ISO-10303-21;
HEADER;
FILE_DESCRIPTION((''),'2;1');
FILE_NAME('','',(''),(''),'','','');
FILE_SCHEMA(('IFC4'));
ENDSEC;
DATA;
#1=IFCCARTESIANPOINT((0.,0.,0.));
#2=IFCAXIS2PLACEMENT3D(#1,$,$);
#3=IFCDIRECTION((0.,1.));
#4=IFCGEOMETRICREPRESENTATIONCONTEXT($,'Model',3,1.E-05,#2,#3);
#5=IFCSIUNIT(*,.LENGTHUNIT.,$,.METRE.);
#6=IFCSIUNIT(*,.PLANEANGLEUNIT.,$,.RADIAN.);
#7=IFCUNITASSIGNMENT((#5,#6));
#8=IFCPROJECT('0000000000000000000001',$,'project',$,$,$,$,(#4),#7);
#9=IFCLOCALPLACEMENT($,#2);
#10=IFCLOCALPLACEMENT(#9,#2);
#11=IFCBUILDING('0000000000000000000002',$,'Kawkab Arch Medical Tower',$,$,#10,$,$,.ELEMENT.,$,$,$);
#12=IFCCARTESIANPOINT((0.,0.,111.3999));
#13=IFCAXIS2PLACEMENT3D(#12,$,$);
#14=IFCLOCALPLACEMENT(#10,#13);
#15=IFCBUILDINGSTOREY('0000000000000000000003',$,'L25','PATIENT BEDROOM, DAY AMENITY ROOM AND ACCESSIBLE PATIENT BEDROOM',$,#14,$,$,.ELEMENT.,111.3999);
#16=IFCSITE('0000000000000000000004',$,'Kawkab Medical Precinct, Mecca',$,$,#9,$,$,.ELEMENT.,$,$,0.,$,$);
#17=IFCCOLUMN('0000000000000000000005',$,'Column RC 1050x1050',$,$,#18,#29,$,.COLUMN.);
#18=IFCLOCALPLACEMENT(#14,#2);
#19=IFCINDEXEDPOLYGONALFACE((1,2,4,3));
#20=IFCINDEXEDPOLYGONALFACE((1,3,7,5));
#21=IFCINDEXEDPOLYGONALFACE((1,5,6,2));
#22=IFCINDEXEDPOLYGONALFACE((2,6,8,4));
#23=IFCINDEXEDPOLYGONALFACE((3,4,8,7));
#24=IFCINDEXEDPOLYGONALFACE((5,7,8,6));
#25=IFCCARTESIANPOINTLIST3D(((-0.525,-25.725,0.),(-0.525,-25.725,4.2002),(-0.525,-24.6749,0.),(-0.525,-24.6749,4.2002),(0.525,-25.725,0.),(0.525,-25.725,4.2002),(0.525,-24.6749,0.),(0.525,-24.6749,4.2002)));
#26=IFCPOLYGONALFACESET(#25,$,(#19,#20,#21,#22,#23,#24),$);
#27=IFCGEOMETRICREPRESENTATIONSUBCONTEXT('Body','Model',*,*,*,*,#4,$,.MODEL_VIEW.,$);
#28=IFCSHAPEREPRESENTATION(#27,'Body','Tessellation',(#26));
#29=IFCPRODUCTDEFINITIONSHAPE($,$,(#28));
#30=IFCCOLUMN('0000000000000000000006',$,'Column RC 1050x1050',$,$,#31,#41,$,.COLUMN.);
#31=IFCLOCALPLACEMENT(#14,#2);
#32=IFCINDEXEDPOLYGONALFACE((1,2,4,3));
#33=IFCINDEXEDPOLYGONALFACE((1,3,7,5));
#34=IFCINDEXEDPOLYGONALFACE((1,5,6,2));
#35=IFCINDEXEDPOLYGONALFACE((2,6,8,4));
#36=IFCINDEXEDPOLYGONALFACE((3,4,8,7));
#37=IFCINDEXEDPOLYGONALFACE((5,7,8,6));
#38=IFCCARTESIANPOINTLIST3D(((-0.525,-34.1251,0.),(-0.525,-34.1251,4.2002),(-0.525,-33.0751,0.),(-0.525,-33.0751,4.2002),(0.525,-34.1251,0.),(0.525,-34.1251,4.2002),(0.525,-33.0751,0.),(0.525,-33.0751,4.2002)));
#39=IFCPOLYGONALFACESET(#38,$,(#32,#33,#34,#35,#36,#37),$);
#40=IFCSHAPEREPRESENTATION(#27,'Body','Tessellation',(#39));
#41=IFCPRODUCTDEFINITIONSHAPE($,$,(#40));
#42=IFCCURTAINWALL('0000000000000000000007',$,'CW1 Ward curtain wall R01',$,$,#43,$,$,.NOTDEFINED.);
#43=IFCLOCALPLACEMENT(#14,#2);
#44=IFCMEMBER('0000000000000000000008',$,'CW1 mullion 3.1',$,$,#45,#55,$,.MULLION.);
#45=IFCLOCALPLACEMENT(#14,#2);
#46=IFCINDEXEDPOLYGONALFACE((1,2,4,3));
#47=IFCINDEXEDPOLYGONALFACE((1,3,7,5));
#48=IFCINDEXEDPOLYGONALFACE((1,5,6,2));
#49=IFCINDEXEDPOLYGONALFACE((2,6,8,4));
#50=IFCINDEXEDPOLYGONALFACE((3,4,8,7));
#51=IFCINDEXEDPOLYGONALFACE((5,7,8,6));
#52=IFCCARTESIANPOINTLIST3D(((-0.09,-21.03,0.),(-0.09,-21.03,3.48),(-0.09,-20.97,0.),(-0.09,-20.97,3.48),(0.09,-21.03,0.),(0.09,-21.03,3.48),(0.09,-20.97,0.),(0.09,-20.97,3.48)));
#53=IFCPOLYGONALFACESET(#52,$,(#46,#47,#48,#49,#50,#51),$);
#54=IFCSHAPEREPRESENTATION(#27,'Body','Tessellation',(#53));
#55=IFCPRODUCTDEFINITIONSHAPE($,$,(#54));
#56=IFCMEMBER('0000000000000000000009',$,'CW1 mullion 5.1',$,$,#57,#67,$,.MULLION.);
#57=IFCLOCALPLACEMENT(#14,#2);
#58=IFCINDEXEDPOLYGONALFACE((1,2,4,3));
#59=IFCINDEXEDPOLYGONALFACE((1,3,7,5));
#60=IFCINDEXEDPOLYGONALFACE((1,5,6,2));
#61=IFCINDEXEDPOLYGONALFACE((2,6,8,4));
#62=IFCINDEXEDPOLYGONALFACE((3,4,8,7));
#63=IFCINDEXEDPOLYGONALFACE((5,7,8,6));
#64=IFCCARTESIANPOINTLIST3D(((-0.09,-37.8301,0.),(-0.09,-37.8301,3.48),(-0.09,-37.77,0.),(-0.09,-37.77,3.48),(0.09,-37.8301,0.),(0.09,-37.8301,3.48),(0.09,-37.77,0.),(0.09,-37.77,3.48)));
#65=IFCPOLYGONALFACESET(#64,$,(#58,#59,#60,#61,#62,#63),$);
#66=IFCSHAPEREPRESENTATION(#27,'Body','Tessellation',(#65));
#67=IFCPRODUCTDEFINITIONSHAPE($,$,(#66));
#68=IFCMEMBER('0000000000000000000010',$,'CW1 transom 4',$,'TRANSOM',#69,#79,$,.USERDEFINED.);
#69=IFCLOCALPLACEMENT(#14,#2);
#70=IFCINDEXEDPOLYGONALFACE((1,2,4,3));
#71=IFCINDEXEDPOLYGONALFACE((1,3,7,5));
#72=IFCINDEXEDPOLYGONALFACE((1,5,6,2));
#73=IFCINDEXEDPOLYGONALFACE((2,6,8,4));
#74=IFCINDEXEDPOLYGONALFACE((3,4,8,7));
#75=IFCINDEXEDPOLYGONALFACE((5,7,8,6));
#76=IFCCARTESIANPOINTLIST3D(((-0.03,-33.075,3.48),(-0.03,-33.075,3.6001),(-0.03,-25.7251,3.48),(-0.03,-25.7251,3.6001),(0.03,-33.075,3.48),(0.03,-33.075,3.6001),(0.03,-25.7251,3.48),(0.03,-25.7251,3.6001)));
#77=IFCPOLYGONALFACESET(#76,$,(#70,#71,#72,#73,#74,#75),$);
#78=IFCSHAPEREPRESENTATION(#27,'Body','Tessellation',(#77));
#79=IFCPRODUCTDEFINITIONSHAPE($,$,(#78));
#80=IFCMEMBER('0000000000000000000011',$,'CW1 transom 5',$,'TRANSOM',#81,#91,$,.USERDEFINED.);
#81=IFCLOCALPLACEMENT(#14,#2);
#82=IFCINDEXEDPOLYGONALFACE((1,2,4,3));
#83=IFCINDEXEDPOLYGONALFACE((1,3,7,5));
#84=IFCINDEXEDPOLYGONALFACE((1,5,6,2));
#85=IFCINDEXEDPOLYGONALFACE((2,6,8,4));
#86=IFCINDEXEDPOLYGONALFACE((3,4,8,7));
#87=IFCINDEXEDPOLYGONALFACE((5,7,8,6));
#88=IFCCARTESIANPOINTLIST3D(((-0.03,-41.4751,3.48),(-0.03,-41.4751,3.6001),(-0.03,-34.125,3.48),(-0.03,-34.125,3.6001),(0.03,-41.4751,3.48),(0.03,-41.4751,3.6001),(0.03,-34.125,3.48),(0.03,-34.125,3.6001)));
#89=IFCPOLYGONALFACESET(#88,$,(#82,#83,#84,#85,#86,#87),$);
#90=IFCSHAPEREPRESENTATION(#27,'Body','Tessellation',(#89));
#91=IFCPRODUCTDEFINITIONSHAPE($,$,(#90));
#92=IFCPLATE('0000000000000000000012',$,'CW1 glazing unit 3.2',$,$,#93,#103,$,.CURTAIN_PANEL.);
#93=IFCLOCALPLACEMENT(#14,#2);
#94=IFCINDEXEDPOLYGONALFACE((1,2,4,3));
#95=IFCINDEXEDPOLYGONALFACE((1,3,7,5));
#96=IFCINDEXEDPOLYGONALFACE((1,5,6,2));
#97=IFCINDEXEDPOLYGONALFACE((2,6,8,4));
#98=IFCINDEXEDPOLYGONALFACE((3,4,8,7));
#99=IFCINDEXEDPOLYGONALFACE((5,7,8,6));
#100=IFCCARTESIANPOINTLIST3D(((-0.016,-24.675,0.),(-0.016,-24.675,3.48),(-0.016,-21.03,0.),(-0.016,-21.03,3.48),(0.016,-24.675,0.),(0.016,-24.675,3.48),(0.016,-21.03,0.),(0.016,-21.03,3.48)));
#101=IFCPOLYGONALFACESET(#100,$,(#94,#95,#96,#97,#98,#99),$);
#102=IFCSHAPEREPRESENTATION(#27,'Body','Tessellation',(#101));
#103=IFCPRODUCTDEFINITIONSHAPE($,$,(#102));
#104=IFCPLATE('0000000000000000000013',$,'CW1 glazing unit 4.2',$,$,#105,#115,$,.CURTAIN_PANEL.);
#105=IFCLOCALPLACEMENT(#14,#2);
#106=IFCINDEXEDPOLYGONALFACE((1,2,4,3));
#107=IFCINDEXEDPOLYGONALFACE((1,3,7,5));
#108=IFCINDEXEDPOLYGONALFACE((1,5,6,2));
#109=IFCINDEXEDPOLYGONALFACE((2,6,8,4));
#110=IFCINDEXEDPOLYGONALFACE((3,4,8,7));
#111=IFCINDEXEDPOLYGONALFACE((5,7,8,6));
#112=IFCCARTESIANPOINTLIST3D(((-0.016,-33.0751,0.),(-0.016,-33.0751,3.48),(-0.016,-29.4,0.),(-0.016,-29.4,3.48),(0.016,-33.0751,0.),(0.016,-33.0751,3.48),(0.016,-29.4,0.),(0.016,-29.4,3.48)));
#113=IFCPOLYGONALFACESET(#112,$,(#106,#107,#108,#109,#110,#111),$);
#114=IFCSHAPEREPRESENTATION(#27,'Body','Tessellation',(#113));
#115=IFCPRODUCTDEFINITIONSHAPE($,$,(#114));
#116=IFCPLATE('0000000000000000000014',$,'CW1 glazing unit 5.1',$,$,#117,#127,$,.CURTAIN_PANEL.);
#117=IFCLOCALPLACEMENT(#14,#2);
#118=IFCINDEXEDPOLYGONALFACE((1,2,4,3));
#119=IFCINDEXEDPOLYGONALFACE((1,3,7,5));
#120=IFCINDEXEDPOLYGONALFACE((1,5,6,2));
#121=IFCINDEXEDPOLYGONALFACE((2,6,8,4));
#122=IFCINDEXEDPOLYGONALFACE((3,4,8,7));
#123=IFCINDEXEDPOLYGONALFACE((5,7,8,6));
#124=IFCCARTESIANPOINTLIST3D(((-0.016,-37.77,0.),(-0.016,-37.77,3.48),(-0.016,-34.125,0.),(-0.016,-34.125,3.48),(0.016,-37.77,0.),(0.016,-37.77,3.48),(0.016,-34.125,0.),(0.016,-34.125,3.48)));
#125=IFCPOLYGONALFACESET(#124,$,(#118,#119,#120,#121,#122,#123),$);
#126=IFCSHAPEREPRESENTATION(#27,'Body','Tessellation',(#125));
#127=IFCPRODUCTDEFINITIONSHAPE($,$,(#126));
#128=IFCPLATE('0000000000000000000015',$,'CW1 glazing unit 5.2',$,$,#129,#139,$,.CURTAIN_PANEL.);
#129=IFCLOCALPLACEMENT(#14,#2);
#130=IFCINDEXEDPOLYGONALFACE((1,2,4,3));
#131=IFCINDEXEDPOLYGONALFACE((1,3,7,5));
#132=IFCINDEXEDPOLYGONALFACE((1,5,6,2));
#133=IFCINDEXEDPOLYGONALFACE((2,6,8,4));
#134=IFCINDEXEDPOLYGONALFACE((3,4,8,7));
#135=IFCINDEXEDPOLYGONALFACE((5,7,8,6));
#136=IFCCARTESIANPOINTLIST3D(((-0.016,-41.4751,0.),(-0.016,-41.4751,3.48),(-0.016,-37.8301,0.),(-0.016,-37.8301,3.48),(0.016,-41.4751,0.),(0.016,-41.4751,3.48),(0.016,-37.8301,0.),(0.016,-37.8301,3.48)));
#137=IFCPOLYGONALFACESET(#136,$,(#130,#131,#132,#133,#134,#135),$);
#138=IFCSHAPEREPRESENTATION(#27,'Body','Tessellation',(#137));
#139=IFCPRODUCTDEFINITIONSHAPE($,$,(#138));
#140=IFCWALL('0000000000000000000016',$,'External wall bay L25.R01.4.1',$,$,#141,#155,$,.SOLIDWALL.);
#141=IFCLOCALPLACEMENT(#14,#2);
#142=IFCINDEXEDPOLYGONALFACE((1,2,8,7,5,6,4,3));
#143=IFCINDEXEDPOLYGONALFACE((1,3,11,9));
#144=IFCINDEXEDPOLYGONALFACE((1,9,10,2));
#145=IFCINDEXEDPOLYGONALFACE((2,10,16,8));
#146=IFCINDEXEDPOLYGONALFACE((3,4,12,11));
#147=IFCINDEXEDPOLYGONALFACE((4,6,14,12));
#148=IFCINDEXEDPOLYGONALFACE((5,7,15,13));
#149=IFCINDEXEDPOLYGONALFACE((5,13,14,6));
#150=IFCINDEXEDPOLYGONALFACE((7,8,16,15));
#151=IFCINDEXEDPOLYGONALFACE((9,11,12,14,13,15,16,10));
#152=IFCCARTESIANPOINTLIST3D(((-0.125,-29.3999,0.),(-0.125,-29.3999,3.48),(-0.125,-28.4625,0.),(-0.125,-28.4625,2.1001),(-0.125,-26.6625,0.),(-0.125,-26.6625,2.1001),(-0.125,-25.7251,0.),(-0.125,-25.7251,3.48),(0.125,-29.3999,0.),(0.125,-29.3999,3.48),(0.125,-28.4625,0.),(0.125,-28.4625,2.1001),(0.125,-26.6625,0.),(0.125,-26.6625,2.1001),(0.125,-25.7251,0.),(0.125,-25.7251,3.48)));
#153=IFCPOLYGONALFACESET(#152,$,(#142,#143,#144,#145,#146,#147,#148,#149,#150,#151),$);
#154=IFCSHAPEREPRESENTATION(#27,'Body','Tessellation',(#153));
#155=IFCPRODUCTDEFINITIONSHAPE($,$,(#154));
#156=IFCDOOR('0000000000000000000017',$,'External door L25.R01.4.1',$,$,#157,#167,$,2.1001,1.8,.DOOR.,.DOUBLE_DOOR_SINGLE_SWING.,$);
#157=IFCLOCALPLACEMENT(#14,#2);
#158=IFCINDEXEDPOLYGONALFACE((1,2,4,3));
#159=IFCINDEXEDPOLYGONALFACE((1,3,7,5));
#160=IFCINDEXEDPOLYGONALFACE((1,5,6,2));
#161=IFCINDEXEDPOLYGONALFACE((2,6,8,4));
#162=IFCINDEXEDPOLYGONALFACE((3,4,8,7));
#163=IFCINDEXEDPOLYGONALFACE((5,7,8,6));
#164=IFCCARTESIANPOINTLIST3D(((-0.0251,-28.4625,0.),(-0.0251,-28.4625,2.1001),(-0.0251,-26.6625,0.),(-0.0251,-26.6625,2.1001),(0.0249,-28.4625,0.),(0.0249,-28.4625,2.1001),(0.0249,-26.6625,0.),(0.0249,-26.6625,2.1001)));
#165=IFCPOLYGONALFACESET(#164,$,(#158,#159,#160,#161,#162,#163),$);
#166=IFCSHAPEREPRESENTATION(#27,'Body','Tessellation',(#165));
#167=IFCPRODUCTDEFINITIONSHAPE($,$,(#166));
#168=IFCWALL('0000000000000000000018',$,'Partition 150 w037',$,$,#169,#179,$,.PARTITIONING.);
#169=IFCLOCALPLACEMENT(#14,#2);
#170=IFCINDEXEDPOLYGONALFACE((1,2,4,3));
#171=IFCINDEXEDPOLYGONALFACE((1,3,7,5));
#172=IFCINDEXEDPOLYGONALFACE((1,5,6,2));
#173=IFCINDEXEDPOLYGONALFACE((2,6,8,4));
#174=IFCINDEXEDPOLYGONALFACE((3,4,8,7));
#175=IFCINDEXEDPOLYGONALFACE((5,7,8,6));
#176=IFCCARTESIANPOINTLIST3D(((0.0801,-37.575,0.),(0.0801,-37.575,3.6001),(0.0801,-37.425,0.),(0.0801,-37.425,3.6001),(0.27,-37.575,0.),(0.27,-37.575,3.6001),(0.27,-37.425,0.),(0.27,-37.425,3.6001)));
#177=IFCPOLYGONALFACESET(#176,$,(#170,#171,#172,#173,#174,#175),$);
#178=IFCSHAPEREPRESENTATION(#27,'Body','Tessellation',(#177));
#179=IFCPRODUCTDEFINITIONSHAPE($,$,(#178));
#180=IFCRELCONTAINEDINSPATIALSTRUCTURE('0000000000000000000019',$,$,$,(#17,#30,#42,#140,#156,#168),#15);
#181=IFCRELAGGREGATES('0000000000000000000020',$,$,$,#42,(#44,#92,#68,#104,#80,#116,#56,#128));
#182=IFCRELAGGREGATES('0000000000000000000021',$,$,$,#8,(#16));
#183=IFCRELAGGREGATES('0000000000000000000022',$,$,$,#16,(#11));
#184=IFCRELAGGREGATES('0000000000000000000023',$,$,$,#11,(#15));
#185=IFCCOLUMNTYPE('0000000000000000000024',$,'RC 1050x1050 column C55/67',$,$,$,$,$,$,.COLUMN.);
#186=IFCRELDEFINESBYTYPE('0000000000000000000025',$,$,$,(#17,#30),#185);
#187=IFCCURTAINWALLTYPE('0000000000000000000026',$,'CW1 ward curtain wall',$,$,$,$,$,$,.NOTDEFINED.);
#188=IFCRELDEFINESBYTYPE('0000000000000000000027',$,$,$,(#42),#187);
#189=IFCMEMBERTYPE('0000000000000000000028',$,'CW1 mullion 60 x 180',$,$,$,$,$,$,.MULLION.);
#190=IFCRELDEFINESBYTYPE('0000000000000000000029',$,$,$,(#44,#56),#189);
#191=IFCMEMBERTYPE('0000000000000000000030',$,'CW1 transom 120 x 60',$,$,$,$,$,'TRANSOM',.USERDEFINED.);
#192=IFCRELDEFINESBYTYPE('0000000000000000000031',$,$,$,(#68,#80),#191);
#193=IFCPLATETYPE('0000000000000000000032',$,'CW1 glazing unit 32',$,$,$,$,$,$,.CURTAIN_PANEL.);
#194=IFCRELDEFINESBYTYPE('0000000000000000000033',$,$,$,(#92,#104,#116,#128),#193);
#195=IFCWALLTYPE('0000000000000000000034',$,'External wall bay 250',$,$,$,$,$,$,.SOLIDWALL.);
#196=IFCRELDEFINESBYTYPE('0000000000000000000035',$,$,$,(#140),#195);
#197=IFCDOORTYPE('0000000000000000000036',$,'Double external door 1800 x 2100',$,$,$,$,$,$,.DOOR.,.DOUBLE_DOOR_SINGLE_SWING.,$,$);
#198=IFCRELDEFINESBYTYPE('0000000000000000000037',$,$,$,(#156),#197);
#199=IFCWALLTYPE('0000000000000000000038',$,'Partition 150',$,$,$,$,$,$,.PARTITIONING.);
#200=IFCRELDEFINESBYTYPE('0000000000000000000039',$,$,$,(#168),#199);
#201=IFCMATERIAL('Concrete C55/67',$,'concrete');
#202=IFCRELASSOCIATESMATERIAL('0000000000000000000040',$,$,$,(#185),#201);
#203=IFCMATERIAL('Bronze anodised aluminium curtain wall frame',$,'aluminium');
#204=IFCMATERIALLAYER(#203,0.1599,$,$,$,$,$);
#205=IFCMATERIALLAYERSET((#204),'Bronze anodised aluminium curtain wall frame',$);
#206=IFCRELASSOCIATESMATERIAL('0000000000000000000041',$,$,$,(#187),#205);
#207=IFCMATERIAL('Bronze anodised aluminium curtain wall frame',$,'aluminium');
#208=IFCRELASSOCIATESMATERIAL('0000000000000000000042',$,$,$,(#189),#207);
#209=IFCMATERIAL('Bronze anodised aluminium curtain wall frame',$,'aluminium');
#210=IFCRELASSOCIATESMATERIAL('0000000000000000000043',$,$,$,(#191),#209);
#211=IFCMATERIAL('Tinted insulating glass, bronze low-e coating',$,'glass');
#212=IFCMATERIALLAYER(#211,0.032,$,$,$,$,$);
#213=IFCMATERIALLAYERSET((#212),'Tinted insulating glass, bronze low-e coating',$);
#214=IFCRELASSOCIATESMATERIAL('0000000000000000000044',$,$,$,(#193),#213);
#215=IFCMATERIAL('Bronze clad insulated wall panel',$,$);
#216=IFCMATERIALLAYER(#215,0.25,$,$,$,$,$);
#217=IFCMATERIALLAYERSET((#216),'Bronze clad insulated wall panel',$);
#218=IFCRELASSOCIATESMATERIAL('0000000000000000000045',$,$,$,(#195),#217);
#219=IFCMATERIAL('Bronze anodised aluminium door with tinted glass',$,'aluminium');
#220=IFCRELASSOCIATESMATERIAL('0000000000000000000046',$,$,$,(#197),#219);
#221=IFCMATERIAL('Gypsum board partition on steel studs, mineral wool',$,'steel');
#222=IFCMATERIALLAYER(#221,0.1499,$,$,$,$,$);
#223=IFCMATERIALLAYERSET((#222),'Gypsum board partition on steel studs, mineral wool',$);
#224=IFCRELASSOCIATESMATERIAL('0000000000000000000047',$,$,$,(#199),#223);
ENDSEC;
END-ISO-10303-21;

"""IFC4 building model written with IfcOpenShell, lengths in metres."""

from ifc_helpers import new_model, si_unit, direction, frame, frame_2d, origin, origin_2d, place, context, subcontext, project, spatial, rectangle, extrude, material, layer, layer_set, material_profile, profile_set, type_object, element, fill, aggregate, save


model = new_model("IFC4")

# Units and contexts
model_context = context("Model", 3, precision=1e-05, world=origin(), true_north=direction((0.0, 1.0)))
body_context = subcontext(model_context, "Body", "Model", "MODEL_VIEW")
ifc_project = project(units=[si_unit("LENGTHUNIT", "METRE"), si_unit("PLANEANGLEUNIT", "RADIAN")], contexts=[model_context])

# Site, building, storey
site_placement = place(None, origin())
site = spatial("IfcSite", under=ifc_project, at=site_placement, Name="Kawkab Medical Precinct, Mecca", CompositionType="ELEMENT", RefElevation=0.0)
building_placement = place(site_placement, origin())
building = spatial("IfcBuilding", under=site, at=building_placement, Name="Kawkab Arch Medical Tower", CompositionType="ELEMENT")
storey_placement = place(building_placement, frame((0.0, 0.0, 111.3999)))
storey = spatial("IfcBuildingStorey", under=building, at=storey_placement, Name="L25", Description="PATIENT BEDROOM, DAY AMENITY ROOM AND ACCESSIBLE PATIENT BEDROOM", CompositionType="ELEMENT", Elevation=111.3999)

# Columns
ifc_material_1 = material(Name="Concrete C55/67", Category="concrete")
ifc_material_profile_1 = material_profile(ifc_material_1, rectangle(XDim=1.05, YDim=1.05, at=origin_2d()), Name="RC 1050x1050")
ifc_profile_set_1 = profile_set([ifc_material_profile_1], Name="Concrete C55/67")
column_type = type_object("IfcColumnType", Name="RC 1050x1050 column C55/67", PredefinedType="COLUMN", material=ifc_profile_set_1)
for number, where, z_axis, x_axis, name in (
    (1, (0.0, -25.2, 0.0), (0.0, 0.0, 1.0), (1.0, 0.0, 0.0), "Column RC 1050x1050"),
    (2, (0.0, -33.6001, 0.0), (0.0, 0.0, 1.0), (1.0, 0.0, 0.0), "Column RC 1050x1050"),
):
    element("IfcColumn", number, at=place(storey_placement, frame(where, z_axis=z_axis, x_axis=x_axis)), inside=storey, type_object=column_type, Name=name, PredefinedType="COLUMN", context=body_context, shape_type="SweptSolid", body=[
        extrude(rectangle(XDim=1.05, YDim=1.05, at=origin_2d()), origin(), (0.0, 0.0, 1.0), 4.2002),
    ])

# Curtain wall, members, plates
ifc_material_2 = material(Name="Bronze anodised aluminium curtain wall frame", Category="aluminium")
ifc_layer_1 = layer(ifc_material_2, 0.1599)
ifc_layer_set_1 = layer_set([ifc_layer_1], Name="Bronze anodised aluminium curtain wall frame")
curtain_wall_type = type_object("IfcCurtainWallType", Name="CW1 ward curtain wall", PredefinedType="NOTDEFINED", material=ifc_layer_set_1)
placement = place(storey_placement, origin())
curtain_wall = element("IfcCurtainWall", 3, at=placement, inside=storey, type_object=curtain_wall_type, Name="CW1 Ward curtain wall R01", PredefinedType="NOTDEFINED")
ifc_material_3 = material(Name="Bronze anodised aluminium curtain wall frame", Category="aluminium")
ifc_material_profile_2 = material_profile(ifc_material_3, rectangle(XDim=0.1799, YDim=0.0601, at=origin_2d()), Name="AL 60x180")
ifc_profile_set_2 = profile_set([ifc_material_profile_2], Name="Bronze anodised aluminium curtain wall frame")
member_type_1 = type_object("IfcMemberType", Name="CW1 mullion 60 x 180", PredefinedType="MULLION", material=ifc_profile_set_2)
member_1_placement = place(storey_placement, frame((0.0, -21.0, 0.0), z_axis=(0.0, 0.0, 1.0), x_axis=(1.0, 0.0, 0.0)))
member_1 = element("IfcMember", 4, at=member_1_placement, type_object=member_type_1, Name="CW1 mullion 3.1", PredefinedType="MULLION", context=body_context, shape_type="SweptSolid", body=[
    extrude(rectangle(XDim=0.1799, YDim=0.0601, at=origin_2d()), origin(), (0.0, 0.0, 1.0), 3.48),
])
member_2_placement = place(storey_placement, frame((0.0, -37.8, 0.0), z_axis=(0.0, 0.0, 1.0), x_axis=(1.0, 0.0, 0.0)))
member_2 = element("IfcMember", 5, at=member_2_placement, type_object=member_type_1, Name="CW1 mullion 5.1", PredefinedType="MULLION", context=body_context, shape_type="SweptSolid", body=[
    extrude(rectangle(XDim=0.1799, YDim=0.0601, at=origin_2d()), origin(), (0.0, 0.0, 1.0), 3.48),
])
ifc_material_4 = material(Name="Bronze anodised aluminium curtain wall frame", Category="aluminium")
ifc_material_profile_3 = material_profile(ifc_material_4, rectangle(XDim=0.0601, YDim=0.1201, at=origin_2d()), Name="AL 60x120")
ifc_profile_set_3 = profile_set([ifc_material_profile_3], Name="Bronze anodised aluminium curtain wall frame")
member_type_2 = type_object("IfcMemberType", Name="CW1 transom 120 x 60", ElementType="TRANSOM", PredefinedType="USERDEFINED", material=ifc_profile_set_3)
member_3_placement = place(storey_placement, frame((0.0, -25.7251, 3.54), z_axis=(0.0, -1.0, 0.0), x_axis=(1.0, 0.0, 0.0)))
member_3 = element("IfcMember", 6, at=member_3_placement, type_object=member_type_2, Name="CW1 transom 4", ObjectType="TRANSOM", PredefinedType="USERDEFINED", context=body_context, shape_type="SweptSolid", body=[
    extrude(rectangle(XDim=0.0601, YDim=0.1201, at=origin_2d()), origin(), (0.0, 0.0, 1.0), 7.3499),
])
member_4_placement = place(storey_placement, frame((0.0, -34.125, 3.54), z_axis=(0.0, -1.0, 0.0), x_axis=(1.0, 0.0, 0.0)))
member_4 = element("IfcMember", 7, at=member_4_placement, type_object=member_type_2, Name="CW1 transom 5", ObjectType="TRANSOM", PredefinedType="USERDEFINED", context=body_context, shape_type="SweptSolid", body=[
    extrude(rectangle(XDim=0.0601, YDim=0.1201, at=origin_2d()), origin(), (0.0, 0.0, 1.0), 7.3501),
])
ifc_material_5 = material(Name="Tinted insulating glass, bronze low-e coating", Category="glass")
ifc_layer_2 = layer(ifc_material_5, 0.032)
ifc_layer_set_2 = layer_set([ifc_layer_2], Name="Tinted insulating glass, bronze low-e coating")
plate_type = type_object("IfcPlateType", Name="CW1 glazing unit 32", PredefinedType="CURTAIN_PANEL", material=ifc_layer_set_2)
plate_1_placement = place(storey_placement, frame((0.0, -22.8525, 0.0), z_axis=(0.0, 0.0, 1.0), x_axis=(0.0, -1.0, 0.0)))
plate_1 = element("IfcPlate", 8, at=plate_1_placement, type_object=plate_type, Name="CW1 glazing unit 3.2", PredefinedType="CURTAIN_PANEL", context=body_context, shape_type="SweptSolid", body=[
    extrude(rectangle(XDim=3.645, YDim=0.032, at=origin_2d()), origin(), (0.0, 0.0, 1.0), 3.48),
])
plate_2_placement = place(storey_placement, frame((0.0, -31.2375, 0.0), z_axis=(0.0, 0.0, 1.0), x_axis=(0.0, -1.0, 0.0)))
plate_2 = element("IfcPlate", 9, at=plate_2_placement, type_object=plate_type, Name="CW1 glazing unit 4.2", PredefinedType="CURTAIN_PANEL", context=body_context, shape_type="SweptSolid", body=[
    extrude(rectangle(XDim=3.675, YDim=0.032, at=origin_2d()), origin(), (0.0, 0.0, 1.0), 3.48),
])
plate_3_placement = place(storey_placement, frame((0.0, -35.9475, 0.0), z_axis=(0.0, 0.0, 1.0), x_axis=(0.0, -1.0, 0.0)))
plate_3 = element("IfcPlate", 10, at=plate_3_placement, type_object=plate_type, Name="CW1 glazing unit 5.1", PredefinedType="CURTAIN_PANEL", context=body_context, shape_type="SweptSolid", body=[
    extrude(rectangle(XDim=3.645, YDim=0.032, at=origin_2d()), origin(), (0.0, 0.0, 1.0), 3.48),
])
plate_4_placement = place(storey_placement, frame((0.0, -39.6526, 0.0), z_axis=(0.0, 0.0, 1.0), x_axis=(0.0, -1.0, 0.0)))
plate_4 = element("IfcPlate", 11, at=plate_4_placement, type_object=plate_type, Name="CW1 glazing unit 5.2", PredefinedType="CURTAIN_PANEL", context=body_context, shape_type="SweptSolid", body=[
    extrude(rectangle(XDim=3.645, YDim=0.032, at=origin_2d()), origin(), (0.0, 0.0, 1.0), 3.48),
])
aggregate(curtain_wall, [member_1, plate_1, member_3, plate_2, member_4, plate_3, member_2, plate_4])

# Wall, opening, door
ifc_material_6 = material(Name="Bronze clad insulated wall panel")
ifc_layer_3 = layer(ifc_material_6, 0.25)
ifc_layer_set_3 = layer_set([ifc_layer_3], Name="Bronze clad insulated wall panel")
wall_type_1 = type_object("IfcWallType", Name="External wall bay 250", PredefinedType="SOLIDWALL", material=ifc_layer_set_3)
wall_1_placement = place(storey_placement, frame((0.0, -25.7251, 0.0), z_axis=(0.0, 0.0, 1.0), x_axis=(0.0, -1.0, 0.0)))
wall_1 = element("IfcWall", 12, at=wall_1_placement, inside=storey, type_object=wall_type_1, Name="External wall bay L25.R01.4.1", PredefinedType="SOLIDWALL", context=body_context, shape_type="SweptSolid", body=[
    extrude(rectangle(XDim=3.6748, YDim=0.25, at=frame_2d((1.8374, 0.0))), origin(), (0.0, 0.0, 1.0), 3.48),
])
opening_1_placement = place(wall_1_placement, frame((0.9375, 0.0, 0.0)))
opening_1 = element("IfcOpeningElement", 13, at=opening_1_placement, cuts=wall_1, PredefinedType="OPENING", context=body_context, shape_type="SweptSolid", body=[
    extrude(rectangle(XDim=1.8, YDim=2.1001, at=frame_2d((0.8999, 1.05))), frame((0.0, 0.135, 0.0), z_axis=(0.0, -1.0, 0.0), x_axis=(1.0, 0.0, 0.0)), (0.0, 0.0, 1.0), 0.27),
])
ifc_material_7 = material(Name="Bronze anodised aluminium door with tinted glass", Category="aluminium")
door_type_1 = type_object("IfcDoorType", Name="Double external door 1800 x 2100", OperationType="DOUBLE_DOOR_SINGLE_SWING", PredefinedType="DOOR", material=ifc_material_7)
door_1_placement = place(opening_1_placement, origin())
door_1 = element("IfcDoor", 14, at=door_1_placement, inside=storey, type_object=door_type_1, Name="External door L25.R01.4.1", OperationType="DOUBLE_DOOR_SINGLE_SWING", OverallHeight=2.1001, OverallWidth=1.8, PredefinedType="DOOR", context=body_context, shape_type="SweptSolid", body=[
    extrude(rectangle(XDim=1.8, YDim=2.1001, at=frame_2d((0.8999, 1.05))), frame((0.0, 0.0249, 0.0), z_axis=(0.0, -1.0, 0.0), x_axis=(1.0, 0.0, 0.0)), (0.0, 0.0, 1.0), 0.05),
])
fill(opening_1, door_1)

# Wall
ifc_material_8 = material(Name="Gypsum board partition on steel studs, mineral wool", Category="steel")
ifc_layer_4 = layer(ifc_material_8, 0.1499)
ifc_layer_set_4 = layer_set([ifc_layer_4], Name="Gypsum board partition on steel studs, mineral wool")
wall_type_2 = type_object("IfcWallType", Name="Partition 150", PredefinedType="PARTITIONING", material=ifc_layer_set_4)
wall_2_placement = place(storey_placement, frame((0.0801, -37.5, 0.0), z_axis=(0.0, 0.0, 1.0), x_axis=(1.0, 0.0, 0.0)))
element("IfcWall", 15, at=wall_2_placement, inside=storey, type_object=wall_type_2, Name="Partition 150 w037", PredefinedType="PARTITIONING", context=body_context, shape_type="SweptSolid", body=[
    extrude(rectangle(XDim=0.1899, YDim=0.1499, at=frame_2d((0.095, 0.0))), origin(), (0.0, 0.0, 1.0), 3.6001),
])

save(model, "model.ifc")
